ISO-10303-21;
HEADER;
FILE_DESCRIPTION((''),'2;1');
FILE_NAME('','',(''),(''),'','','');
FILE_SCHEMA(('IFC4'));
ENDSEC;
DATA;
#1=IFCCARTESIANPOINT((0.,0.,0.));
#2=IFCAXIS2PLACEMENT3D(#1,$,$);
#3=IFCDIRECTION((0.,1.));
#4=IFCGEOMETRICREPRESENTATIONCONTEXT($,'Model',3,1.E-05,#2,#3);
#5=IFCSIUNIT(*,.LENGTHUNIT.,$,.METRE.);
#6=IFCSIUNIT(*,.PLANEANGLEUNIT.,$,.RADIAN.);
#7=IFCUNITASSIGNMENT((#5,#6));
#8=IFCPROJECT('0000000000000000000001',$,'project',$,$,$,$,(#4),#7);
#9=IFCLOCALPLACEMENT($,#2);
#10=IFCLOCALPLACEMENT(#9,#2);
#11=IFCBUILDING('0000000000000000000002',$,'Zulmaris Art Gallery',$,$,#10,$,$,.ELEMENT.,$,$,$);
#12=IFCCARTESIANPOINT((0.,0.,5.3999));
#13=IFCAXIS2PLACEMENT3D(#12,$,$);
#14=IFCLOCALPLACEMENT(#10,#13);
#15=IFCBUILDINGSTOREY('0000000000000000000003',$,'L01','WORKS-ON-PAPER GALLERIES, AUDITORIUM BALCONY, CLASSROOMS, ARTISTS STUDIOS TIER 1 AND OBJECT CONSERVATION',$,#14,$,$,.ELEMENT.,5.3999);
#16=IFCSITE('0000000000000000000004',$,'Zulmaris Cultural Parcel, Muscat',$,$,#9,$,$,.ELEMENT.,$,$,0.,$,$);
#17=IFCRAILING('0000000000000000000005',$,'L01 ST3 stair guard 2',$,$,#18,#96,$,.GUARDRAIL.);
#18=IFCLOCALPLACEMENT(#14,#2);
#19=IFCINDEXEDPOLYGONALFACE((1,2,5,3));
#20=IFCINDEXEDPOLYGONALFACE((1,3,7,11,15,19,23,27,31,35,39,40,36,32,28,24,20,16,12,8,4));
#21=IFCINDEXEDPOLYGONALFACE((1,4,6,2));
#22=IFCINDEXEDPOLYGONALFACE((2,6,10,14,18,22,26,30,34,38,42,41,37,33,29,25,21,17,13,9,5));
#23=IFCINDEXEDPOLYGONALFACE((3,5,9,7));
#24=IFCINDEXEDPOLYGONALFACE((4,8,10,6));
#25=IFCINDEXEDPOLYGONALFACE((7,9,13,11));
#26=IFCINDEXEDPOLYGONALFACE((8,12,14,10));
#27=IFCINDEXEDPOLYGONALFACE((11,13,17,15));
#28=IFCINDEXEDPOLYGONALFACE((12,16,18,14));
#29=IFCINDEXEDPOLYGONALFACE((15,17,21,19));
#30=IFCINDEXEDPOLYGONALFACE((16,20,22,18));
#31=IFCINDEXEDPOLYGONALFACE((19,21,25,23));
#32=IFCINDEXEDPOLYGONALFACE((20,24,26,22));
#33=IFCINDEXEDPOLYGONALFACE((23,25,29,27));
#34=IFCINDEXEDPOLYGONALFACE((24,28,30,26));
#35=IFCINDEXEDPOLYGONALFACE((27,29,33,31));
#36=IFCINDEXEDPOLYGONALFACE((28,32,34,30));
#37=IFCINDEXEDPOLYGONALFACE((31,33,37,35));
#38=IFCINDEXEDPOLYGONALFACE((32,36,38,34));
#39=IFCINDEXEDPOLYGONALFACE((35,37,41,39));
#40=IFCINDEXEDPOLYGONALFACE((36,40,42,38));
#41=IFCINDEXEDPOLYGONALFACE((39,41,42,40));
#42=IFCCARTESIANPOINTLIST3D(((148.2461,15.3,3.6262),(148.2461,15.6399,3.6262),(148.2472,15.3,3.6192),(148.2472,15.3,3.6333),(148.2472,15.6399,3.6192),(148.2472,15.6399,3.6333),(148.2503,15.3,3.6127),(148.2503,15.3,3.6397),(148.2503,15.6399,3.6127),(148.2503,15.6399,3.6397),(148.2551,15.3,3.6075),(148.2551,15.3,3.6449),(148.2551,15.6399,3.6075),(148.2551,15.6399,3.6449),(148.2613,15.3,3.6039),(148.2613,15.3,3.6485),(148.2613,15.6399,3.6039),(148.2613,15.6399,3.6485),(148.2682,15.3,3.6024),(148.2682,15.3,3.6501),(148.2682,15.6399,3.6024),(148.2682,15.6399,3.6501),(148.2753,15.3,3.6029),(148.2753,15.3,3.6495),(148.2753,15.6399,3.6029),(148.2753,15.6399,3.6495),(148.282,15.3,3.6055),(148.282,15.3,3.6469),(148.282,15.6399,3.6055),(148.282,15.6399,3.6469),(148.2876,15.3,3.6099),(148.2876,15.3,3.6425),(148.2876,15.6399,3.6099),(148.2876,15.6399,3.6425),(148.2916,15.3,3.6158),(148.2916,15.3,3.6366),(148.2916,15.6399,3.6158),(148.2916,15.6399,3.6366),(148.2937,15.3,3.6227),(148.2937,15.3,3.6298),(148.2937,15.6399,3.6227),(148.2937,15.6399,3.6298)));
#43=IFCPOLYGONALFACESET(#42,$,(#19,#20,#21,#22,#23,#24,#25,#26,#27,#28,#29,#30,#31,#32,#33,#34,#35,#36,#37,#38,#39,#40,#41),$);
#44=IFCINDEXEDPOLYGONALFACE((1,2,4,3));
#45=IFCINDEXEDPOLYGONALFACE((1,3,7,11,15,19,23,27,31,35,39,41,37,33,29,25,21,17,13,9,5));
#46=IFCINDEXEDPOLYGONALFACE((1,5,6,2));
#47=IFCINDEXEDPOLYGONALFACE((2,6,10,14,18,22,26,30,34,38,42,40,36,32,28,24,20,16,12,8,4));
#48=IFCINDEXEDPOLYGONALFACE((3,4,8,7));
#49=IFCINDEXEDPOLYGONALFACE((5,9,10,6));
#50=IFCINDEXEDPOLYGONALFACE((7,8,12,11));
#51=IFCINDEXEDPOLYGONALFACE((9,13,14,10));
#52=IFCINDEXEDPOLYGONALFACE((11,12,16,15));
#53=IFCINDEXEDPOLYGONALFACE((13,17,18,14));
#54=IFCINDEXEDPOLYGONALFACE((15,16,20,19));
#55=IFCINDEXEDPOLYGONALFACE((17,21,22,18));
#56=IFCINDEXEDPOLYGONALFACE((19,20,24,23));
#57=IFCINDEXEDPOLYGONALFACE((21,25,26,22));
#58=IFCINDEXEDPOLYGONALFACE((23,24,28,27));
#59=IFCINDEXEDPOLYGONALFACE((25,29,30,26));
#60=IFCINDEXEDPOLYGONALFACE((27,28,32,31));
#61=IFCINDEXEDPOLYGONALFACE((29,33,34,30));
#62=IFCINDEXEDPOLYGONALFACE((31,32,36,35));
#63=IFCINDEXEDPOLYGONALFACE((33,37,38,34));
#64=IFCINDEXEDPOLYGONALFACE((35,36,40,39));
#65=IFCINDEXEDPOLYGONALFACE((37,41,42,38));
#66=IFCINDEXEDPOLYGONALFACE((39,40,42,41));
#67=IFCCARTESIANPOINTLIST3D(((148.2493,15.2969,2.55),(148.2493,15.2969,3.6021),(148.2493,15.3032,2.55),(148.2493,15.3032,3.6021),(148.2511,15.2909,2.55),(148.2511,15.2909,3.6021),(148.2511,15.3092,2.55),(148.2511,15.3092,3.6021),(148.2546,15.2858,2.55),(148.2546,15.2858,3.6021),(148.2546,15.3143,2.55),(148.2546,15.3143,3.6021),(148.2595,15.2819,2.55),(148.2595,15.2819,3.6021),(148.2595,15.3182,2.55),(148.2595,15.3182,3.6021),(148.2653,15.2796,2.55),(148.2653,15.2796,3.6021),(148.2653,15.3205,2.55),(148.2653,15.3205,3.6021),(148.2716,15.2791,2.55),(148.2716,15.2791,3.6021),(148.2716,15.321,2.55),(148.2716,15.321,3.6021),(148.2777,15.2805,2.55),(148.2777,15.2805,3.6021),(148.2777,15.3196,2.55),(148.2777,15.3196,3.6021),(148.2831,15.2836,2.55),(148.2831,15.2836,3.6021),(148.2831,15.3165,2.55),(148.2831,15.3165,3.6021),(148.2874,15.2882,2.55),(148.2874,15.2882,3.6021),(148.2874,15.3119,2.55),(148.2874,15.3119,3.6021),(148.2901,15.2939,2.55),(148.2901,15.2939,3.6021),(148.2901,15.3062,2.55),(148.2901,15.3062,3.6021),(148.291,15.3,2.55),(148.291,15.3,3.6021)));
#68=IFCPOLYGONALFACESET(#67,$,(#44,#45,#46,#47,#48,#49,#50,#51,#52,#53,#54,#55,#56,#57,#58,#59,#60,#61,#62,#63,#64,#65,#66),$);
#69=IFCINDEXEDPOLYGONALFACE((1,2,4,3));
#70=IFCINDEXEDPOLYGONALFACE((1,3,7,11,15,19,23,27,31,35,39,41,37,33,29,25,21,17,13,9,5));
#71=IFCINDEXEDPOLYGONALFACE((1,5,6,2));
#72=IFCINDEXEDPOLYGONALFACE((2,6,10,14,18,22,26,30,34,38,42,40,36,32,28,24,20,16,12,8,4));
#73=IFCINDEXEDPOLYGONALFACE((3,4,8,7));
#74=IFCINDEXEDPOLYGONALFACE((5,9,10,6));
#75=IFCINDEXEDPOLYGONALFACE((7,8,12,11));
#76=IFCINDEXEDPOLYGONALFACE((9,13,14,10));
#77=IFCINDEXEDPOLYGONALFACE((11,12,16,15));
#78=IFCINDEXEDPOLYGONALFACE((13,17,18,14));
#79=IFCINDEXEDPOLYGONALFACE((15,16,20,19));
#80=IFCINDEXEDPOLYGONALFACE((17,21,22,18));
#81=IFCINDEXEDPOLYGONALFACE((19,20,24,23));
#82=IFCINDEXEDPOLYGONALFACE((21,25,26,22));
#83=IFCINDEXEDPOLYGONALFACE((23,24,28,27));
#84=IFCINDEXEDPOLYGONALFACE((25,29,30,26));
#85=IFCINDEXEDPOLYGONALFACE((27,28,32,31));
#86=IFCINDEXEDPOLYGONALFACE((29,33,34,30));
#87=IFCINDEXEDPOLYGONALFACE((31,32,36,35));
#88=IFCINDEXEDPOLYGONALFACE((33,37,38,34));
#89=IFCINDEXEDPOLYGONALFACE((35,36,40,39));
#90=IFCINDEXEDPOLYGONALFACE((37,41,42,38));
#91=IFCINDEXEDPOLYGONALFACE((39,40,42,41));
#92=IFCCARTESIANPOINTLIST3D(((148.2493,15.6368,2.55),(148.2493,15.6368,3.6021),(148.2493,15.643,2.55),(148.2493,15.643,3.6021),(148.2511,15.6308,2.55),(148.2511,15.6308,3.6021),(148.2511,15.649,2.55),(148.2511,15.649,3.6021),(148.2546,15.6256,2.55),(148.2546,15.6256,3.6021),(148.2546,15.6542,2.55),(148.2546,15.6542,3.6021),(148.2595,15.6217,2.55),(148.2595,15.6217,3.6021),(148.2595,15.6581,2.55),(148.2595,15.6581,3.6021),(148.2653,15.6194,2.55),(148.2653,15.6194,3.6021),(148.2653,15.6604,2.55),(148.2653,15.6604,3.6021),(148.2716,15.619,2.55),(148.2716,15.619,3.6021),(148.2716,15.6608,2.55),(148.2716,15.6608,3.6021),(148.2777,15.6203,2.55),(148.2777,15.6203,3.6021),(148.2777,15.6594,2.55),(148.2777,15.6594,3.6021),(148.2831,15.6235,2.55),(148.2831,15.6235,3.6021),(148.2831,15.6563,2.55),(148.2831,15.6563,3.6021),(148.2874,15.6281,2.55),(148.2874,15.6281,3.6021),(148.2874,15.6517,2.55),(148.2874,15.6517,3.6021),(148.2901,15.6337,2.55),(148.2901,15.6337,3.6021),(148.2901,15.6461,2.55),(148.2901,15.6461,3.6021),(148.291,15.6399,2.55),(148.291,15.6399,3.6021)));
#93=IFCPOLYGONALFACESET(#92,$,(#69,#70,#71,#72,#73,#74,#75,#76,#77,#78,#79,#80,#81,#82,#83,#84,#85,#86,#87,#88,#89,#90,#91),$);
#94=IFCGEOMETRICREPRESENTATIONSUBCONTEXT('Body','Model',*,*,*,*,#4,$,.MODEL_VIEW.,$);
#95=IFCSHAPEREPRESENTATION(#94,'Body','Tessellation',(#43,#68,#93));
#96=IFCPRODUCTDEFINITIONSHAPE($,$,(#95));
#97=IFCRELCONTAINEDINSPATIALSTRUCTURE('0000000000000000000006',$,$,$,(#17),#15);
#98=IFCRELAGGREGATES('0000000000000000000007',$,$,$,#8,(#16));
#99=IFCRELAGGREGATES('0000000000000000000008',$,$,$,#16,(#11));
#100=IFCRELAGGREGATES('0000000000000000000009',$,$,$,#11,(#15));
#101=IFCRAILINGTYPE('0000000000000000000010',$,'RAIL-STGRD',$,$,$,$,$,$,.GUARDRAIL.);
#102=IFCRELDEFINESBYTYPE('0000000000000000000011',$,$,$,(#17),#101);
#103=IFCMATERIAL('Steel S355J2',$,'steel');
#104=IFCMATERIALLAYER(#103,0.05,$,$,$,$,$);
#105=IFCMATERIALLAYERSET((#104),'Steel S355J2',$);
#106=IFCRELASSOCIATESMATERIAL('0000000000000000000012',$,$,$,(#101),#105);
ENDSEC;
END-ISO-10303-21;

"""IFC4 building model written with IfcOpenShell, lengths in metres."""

from ifc_helpers import new_model, si_unit, direction, frame, origin, origin_2d, place, context, subcontext, project, spatial, circle, extrude, material, layer, layer_set, type_object, element, save


model = new_model("IFC4")

# Units and contexts
model_context = context("Model", 3, precision=1e-05, world=origin(), true_north=direction((0.0, 1.0)))
body_context = subcontext(model_context, "Body", "Model", "MODEL_VIEW")
ifc_project = project(units=[si_unit("LENGTHUNIT", "METRE"), si_unit("PLANEANGLEUNIT", "RADIAN")], contexts=[model_context])

# Site, building, storey
site_placement = place(None, origin())
site = spatial("IfcSite", under=ifc_project, at=site_placement, Name="Zulmaris Cultural Parcel, Muscat", CompositionType="ELEMENT", RefElevation=0.0)
building_placement = place(site_placement, origin())
building = spatial("IfcBuilding", under=site, at=building_placement, Name="Zulmaris Art Gallery", CompositionType="ELEMENT")
storey_placement = place(building_placement, frame((0.0, 0.0, 5.3999)))
storey = spatial("IfcBuildingStorey", under=building, at=storey_placement, Name="L01", Description="WORKS-ON-PAPER GALLERIES, AUDITORIUM BALCONY, CLASSROOMS, ARTISTS STUDIOS TIER 1 AND OBJECT CONSERVATION", CompositionType="ELEMENT", Elevation=5.3999)

# Shared definitions
ifc_material_1 = material(Name="Steel S355J2", Category="steel")

# Railing
ifc_layer_1 = layer(ifc_material_1, 0.05)
ifc_layer_set_1 = layer_set([ifc_layer_1], Name="Steel S355J2")
railing_type_1 = type_object("IfcRailingType", Name="RAIL-STGRD", PredefinedType="GUARDRAIL", material=ifc_layer_set_1)
railing_1_placement = place(storey_placement, frame((148.27, 15.3, 2.55)))
element("IfcRailing", 1, at=railing_1_placement, inside=storey, type_object=railing_type_1, Name="L01 ST3 stair guard 2", PredefinedType="GUARDRAIL", context=body_context, shape_type="SweptSolid", body=[
    extrude(circle(Radius=0.0239, at=origin_2d()), frame((0.0, 0.0, 1.0762), z_axis=(0.0, 1.0, 0.0), x_axis=(-1.0, 0.0, 0.0)), (0.0, 0.0, 1.0), 0.3398),
    extrude(circle(Radius=0.021, at=origin_2d()), origin(), (0.0, 0.0, 1.0), 1.052),
    extrude(circle(Radius=0.021, at=origin_2d()), frame((0.0, 0.3398, 0.0)), (0.0, 0.0, 1.0), 1.052),
])

save(model, "model.ifc")
